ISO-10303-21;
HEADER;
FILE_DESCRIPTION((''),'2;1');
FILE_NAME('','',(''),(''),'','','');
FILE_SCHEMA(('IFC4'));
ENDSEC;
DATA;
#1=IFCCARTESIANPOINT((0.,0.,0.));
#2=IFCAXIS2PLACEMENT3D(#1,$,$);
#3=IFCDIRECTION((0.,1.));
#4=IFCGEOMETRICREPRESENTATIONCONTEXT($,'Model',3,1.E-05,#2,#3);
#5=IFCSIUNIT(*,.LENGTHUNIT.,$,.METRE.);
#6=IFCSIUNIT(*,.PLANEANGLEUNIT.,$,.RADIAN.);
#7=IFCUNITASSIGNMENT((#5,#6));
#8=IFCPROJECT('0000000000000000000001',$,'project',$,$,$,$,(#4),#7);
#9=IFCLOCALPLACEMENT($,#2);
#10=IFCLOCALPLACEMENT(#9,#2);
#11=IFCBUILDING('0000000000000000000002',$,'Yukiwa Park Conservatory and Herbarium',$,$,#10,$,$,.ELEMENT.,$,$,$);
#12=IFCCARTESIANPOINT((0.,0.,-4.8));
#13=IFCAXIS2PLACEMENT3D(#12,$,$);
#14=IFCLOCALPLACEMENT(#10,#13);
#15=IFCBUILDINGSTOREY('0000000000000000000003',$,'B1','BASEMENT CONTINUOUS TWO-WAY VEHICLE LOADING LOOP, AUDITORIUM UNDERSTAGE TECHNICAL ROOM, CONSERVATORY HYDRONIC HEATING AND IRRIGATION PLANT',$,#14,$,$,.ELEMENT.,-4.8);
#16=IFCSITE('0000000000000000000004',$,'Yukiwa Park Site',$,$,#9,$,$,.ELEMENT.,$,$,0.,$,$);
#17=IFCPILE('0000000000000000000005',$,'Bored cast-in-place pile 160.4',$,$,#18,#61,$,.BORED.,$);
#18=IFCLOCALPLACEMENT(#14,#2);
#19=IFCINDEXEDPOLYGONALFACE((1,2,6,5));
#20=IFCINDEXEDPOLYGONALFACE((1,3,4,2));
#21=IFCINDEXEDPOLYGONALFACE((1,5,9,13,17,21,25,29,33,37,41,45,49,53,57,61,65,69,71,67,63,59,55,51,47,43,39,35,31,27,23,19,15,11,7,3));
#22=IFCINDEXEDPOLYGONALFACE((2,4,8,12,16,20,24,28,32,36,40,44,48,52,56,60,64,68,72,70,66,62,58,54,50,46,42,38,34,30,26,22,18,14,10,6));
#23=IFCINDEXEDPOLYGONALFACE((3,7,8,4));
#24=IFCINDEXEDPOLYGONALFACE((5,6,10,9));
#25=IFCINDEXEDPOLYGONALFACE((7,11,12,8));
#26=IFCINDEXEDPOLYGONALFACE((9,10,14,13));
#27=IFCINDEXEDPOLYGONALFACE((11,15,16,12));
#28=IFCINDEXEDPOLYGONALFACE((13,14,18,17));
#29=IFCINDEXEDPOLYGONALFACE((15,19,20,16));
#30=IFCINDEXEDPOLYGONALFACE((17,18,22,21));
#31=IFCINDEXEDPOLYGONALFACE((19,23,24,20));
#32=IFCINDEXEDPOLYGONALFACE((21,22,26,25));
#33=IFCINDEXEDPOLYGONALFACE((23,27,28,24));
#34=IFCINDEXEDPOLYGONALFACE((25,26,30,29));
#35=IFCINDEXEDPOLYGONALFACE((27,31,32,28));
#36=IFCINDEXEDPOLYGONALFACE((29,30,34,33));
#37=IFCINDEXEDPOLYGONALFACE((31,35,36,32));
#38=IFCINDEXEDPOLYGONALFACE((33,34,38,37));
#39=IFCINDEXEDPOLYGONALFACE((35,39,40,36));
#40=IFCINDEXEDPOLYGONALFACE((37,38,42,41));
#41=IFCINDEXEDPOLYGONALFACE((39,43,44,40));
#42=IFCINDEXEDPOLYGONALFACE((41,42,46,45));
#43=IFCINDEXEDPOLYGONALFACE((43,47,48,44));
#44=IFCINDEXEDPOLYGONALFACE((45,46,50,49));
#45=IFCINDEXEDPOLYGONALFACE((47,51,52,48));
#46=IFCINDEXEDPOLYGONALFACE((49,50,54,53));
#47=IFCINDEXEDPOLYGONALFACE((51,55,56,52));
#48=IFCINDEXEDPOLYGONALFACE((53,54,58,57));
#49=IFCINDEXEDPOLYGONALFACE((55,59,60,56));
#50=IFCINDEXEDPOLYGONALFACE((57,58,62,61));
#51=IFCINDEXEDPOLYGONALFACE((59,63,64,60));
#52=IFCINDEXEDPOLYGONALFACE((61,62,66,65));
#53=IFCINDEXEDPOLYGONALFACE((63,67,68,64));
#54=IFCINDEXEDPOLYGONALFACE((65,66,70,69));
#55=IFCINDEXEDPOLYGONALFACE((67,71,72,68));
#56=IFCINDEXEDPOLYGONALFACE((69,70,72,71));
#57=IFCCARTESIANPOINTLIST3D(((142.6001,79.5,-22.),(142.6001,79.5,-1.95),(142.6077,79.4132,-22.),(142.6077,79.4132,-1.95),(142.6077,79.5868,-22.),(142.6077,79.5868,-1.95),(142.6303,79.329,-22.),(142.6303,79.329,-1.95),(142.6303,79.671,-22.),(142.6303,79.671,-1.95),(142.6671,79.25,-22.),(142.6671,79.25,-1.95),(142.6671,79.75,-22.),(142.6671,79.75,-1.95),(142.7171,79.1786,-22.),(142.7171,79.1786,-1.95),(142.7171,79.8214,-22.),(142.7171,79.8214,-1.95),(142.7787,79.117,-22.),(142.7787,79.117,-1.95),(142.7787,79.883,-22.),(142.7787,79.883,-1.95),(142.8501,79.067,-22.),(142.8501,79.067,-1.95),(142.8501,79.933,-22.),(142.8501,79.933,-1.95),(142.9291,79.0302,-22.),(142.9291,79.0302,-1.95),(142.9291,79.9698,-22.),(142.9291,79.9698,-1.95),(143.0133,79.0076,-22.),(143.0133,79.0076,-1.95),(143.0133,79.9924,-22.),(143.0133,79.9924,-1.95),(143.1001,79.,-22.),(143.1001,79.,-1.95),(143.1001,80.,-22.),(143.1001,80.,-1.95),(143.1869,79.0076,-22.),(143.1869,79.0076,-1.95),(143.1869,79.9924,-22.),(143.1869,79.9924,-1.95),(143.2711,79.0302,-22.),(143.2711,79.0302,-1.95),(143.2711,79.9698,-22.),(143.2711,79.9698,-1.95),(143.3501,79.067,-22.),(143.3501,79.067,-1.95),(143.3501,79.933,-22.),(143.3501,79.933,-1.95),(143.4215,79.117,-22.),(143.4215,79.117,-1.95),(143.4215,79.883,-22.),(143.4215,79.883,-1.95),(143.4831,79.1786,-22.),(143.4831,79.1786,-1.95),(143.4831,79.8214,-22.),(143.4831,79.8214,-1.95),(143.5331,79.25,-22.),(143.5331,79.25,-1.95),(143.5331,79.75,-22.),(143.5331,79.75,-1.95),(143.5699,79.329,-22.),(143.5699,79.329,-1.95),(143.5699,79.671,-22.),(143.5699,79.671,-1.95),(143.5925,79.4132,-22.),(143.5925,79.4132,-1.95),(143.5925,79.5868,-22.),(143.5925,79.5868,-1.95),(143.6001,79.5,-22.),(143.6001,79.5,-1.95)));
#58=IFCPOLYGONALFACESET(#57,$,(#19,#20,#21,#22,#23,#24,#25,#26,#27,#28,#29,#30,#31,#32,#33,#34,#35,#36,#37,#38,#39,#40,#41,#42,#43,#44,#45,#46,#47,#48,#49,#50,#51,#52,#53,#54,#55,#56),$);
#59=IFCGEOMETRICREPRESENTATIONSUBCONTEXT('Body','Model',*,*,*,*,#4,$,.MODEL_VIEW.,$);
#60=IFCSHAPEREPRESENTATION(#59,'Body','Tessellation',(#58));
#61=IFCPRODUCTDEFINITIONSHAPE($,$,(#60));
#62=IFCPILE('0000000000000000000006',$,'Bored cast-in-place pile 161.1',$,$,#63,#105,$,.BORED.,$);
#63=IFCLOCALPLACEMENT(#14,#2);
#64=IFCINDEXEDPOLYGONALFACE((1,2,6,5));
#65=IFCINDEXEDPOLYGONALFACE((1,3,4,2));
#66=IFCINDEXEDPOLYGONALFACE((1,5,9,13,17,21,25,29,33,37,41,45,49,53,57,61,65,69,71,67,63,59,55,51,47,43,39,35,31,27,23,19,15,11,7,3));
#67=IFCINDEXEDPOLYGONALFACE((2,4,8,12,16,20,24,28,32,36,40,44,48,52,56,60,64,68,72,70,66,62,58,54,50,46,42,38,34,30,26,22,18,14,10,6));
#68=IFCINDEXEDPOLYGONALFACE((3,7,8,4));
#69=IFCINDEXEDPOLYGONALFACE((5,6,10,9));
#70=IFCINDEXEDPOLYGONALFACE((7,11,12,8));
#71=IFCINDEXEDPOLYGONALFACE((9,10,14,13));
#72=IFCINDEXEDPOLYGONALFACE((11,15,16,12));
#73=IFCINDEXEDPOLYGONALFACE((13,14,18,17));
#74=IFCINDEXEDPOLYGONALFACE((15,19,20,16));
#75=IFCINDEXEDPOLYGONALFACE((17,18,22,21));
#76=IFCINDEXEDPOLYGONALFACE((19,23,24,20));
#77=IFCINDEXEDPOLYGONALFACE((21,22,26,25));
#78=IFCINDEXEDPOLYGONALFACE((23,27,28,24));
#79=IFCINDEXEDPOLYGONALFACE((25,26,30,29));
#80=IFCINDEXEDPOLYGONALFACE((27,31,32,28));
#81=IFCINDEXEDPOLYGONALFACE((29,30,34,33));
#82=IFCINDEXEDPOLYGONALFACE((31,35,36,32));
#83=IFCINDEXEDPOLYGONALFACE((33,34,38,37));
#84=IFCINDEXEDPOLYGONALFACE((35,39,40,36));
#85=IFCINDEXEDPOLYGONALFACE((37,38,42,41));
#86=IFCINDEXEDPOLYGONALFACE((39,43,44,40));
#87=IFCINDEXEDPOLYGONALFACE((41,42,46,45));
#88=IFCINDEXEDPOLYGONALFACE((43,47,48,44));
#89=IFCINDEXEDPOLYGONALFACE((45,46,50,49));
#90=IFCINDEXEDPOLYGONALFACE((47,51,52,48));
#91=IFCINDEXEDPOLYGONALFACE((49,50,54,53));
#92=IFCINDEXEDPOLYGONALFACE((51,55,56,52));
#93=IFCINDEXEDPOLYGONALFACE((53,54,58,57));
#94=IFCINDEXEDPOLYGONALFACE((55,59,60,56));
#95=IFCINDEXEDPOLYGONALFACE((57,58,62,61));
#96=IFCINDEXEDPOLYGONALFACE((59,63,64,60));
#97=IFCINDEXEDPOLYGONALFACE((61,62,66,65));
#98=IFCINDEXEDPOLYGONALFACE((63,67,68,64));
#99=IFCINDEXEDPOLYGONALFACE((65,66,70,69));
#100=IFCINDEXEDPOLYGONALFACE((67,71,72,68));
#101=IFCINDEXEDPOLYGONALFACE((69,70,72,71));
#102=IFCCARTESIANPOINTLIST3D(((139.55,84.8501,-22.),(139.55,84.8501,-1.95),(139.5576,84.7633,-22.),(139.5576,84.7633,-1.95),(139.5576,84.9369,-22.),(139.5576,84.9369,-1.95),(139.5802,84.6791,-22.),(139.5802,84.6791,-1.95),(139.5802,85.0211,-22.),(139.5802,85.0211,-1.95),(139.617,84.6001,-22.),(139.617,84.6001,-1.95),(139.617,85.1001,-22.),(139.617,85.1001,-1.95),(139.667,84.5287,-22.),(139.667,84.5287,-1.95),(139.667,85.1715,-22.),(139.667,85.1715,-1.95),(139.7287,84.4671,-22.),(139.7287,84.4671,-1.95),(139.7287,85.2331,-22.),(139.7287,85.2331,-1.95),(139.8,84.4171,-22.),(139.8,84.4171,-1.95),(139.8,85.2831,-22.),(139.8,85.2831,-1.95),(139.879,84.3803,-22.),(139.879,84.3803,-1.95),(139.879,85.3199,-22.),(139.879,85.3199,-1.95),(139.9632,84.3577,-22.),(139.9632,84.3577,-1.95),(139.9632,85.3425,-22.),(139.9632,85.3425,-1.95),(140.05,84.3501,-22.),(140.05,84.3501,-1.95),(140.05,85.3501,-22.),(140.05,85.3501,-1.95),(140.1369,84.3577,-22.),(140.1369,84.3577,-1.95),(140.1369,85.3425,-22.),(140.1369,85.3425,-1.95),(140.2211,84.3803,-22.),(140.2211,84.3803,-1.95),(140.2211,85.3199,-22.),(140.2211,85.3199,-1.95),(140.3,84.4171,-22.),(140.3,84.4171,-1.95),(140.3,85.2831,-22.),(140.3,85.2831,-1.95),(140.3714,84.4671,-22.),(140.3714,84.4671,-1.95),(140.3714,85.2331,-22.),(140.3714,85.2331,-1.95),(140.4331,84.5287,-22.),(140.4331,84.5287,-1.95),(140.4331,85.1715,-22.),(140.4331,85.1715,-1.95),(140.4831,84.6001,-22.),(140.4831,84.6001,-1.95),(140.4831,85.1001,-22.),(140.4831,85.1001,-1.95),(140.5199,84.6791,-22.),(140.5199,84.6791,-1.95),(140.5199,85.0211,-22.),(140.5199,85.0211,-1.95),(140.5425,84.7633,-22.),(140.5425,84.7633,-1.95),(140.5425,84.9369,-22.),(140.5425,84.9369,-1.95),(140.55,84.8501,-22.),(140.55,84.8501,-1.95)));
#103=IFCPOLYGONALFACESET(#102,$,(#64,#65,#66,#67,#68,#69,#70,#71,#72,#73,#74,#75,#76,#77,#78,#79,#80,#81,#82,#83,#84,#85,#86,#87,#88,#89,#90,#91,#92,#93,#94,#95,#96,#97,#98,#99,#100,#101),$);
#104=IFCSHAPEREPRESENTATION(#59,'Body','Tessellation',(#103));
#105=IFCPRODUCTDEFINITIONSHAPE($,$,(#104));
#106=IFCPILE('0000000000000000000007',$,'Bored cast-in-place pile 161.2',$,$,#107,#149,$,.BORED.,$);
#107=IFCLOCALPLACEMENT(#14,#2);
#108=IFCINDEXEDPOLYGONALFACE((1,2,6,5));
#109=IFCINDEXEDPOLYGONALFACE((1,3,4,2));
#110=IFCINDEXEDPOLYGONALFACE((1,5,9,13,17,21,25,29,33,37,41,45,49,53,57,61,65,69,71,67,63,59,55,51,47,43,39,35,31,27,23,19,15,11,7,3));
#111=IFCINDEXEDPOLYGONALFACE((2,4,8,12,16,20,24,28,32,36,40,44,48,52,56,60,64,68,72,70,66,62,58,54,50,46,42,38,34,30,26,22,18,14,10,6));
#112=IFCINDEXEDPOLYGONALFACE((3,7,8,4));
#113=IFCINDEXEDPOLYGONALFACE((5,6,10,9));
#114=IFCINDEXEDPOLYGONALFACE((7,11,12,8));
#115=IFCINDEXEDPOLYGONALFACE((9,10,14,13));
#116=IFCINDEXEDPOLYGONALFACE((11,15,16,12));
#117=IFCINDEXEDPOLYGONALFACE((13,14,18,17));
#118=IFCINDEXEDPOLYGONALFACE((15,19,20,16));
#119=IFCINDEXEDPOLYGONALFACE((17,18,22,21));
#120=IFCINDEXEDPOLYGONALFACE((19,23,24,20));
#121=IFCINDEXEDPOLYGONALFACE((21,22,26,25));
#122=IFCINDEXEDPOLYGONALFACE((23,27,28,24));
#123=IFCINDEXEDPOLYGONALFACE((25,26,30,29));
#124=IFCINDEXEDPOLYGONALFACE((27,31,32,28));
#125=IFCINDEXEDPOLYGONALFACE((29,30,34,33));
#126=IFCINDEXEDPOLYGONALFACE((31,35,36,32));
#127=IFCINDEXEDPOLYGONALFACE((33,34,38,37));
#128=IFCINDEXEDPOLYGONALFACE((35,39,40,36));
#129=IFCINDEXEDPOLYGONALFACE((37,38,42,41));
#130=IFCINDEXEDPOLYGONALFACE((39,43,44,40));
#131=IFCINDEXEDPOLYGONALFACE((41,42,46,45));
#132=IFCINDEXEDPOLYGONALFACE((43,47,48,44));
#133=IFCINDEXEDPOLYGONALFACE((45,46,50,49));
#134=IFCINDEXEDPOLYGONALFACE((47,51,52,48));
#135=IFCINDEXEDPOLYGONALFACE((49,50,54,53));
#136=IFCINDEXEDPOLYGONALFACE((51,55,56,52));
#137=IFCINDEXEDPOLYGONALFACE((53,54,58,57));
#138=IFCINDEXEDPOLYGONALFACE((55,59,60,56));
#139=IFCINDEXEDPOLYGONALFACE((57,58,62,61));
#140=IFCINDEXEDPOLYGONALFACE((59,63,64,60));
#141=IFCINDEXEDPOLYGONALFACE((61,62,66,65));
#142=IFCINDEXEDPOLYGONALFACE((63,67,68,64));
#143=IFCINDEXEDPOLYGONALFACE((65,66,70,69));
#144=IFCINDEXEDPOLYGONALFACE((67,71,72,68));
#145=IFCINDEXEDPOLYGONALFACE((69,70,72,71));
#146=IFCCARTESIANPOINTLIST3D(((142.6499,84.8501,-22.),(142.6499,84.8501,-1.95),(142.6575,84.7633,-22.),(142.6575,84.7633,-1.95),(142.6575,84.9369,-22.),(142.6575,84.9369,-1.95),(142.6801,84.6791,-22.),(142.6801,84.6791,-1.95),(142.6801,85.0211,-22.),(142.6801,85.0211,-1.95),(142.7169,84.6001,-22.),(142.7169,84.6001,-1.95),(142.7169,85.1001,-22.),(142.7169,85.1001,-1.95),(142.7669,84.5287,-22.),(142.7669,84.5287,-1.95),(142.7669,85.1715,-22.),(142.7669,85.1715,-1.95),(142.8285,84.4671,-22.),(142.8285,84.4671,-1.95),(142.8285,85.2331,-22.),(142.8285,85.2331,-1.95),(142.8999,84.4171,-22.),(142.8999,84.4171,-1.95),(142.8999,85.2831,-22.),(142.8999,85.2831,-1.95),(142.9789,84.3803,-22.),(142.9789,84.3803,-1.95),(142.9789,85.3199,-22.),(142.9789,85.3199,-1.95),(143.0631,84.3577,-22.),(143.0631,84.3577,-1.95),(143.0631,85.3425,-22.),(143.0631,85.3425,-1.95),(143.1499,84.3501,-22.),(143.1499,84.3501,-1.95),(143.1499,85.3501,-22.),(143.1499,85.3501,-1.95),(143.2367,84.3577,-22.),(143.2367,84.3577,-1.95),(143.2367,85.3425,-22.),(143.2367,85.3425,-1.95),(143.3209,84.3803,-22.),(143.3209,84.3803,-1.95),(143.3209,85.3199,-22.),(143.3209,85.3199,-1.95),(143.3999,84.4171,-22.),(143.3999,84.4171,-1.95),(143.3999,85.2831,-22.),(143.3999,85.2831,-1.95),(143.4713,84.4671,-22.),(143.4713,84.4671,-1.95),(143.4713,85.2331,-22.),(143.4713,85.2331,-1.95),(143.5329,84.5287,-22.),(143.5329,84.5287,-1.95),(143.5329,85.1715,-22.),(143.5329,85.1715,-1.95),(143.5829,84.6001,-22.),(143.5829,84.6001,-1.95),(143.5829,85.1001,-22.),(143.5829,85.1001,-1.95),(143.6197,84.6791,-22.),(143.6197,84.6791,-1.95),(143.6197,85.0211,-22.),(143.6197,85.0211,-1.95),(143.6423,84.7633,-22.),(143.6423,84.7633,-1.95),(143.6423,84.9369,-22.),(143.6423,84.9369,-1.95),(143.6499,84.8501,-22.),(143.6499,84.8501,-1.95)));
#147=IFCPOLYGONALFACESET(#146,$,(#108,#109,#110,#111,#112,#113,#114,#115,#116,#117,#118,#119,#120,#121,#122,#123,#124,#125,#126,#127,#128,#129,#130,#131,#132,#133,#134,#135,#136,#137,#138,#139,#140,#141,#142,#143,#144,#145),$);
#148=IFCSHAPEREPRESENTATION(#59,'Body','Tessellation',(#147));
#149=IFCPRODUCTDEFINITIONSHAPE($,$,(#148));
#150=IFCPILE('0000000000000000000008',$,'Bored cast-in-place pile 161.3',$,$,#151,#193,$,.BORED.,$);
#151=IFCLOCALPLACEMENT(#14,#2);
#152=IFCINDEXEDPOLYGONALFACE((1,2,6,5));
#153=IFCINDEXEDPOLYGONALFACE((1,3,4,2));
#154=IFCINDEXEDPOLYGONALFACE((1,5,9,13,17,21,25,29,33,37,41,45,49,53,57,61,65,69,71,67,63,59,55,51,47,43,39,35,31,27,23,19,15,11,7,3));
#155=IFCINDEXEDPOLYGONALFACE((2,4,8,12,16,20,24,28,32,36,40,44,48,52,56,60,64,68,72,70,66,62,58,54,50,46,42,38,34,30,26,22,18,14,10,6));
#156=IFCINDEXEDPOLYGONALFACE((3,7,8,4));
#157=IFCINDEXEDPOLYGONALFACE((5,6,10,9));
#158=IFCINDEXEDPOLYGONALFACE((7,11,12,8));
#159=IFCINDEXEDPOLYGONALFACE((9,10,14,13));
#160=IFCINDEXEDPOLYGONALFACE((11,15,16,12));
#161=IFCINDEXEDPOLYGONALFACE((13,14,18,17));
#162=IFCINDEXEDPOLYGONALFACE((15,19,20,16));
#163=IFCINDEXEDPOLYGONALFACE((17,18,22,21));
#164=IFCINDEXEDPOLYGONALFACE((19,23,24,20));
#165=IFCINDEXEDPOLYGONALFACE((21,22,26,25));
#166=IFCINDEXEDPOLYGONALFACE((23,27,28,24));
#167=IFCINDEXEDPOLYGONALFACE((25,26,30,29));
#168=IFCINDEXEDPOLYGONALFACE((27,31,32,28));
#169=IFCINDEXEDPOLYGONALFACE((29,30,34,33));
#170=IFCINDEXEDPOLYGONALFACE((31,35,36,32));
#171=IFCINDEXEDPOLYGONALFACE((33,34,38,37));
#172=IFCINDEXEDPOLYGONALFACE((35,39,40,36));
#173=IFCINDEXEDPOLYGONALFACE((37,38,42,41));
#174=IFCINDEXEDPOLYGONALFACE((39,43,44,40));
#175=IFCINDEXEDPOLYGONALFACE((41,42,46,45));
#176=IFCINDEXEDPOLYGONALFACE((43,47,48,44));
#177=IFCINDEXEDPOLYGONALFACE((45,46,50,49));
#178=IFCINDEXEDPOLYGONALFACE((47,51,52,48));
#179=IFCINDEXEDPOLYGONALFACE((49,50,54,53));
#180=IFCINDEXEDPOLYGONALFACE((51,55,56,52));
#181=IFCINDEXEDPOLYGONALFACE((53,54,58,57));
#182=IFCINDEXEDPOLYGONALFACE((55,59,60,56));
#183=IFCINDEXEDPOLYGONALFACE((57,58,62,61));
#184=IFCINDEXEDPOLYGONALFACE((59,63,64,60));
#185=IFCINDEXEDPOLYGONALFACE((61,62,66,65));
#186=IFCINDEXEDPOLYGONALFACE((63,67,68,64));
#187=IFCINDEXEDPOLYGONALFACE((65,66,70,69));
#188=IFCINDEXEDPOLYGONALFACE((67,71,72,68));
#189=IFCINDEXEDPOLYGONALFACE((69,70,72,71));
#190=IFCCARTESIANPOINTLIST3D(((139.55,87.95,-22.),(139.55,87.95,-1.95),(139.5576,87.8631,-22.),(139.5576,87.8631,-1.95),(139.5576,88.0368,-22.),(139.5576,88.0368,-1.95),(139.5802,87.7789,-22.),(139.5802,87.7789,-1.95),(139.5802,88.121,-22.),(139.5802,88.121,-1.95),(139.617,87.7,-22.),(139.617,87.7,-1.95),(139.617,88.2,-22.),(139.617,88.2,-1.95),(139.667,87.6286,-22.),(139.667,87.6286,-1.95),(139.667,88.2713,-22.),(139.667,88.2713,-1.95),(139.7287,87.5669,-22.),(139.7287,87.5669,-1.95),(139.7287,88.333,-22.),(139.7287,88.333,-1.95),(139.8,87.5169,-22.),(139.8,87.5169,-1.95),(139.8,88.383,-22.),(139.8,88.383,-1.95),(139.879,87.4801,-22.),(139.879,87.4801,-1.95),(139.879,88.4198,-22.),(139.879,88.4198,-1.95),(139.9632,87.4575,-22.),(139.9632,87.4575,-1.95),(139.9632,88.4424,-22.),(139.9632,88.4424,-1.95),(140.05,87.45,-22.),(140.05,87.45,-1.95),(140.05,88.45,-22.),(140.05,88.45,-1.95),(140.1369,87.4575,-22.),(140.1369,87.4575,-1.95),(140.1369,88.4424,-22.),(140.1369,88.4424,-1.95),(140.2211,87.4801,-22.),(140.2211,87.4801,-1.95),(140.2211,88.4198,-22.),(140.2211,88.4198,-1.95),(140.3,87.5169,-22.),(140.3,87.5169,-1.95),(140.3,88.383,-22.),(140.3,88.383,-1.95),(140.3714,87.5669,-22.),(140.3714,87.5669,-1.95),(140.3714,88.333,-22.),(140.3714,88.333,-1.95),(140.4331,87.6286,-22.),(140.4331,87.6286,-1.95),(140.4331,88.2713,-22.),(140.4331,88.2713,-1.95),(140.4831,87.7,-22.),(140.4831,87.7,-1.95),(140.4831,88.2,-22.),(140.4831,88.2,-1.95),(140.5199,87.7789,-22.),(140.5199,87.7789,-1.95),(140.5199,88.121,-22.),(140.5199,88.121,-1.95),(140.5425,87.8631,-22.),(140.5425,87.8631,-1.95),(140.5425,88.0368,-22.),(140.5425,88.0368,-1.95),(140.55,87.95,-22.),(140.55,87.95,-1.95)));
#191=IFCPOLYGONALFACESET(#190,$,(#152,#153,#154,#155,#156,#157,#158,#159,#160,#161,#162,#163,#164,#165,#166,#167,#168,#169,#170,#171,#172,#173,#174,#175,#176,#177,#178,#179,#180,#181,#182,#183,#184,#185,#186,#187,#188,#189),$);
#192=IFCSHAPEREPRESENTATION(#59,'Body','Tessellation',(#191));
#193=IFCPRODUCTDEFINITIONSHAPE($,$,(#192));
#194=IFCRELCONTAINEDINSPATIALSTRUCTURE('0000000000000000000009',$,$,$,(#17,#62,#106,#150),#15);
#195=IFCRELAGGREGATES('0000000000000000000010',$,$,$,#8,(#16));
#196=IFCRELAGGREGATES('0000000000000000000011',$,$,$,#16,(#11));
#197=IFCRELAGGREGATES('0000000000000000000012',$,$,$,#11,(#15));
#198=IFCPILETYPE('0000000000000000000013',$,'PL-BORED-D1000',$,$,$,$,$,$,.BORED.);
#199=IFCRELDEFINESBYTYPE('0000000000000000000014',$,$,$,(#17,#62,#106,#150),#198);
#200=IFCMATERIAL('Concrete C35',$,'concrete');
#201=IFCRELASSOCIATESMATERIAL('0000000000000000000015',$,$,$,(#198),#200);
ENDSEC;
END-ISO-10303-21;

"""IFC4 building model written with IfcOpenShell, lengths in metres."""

from ifc_helpers import new_model, si_unit, direction, frame, origin, origin_2d, place, context, subcontext, project, spatial, circle, extrude, material, material_profile, profile_set, type_object, element, save


model = new_model("IFC4")

# Units and contexts
model_context = context("Model", 3, precision=1e-05, world=origin(), true_north=direction((0.0, 1.0)))
body_context = subcontext(model_context, "Body", "Model", "MODEL_VIEW")
ifc_project = project(units=[si_unit("LENGTHUNIT", "METRE"), si_unit("PLANEANGLEUNIT", "RADIAN")], contexts=[model_context])

# Site, building, storey
site_placement = place(None, origin())
site = spatial("IfcSite", under=ifc_project, at=site_placement, Name="Yukiwa Park Site", CompositionType="ELEMENT", RefElevation=0.0)
building_placement = place(site_placement, origin())
building = spatial("IfcBuilding", under=site, at=building_placement, Name="Yukiwa Park Conservatory and Herbarium", CompositionType="ELEMENT")
storey_placement = place(building_placement, frame((0.0, 0.0, -4.8)))
storey = spatial("IfcBuildingStorey", under=building, at=storey_placement, Name="B1", Description="BASEMENT CONTINUOUS TWO-WAY VEHICLE LOADING LOOP, AUDITORIUM UNDERSTAGE TECHNICAL ROOM, CONSERVATORY HYDRONIC HEATING AND IRRIGATION PLANT", CompositionType="ELEMENT", Elevation=-4.8)

# Piles
ifc_material_1 = material(Name="Concrete C35", Category="concrete")
ifc_material_profile_1 = material_profile(ifc_material_1, circle(Radius=0.5, at=origin_2d()), Name="PILE D1000")
ifc_profile_set_1 = profile_set([ifc_material_profile_1], Name="Concrete C35")
pile_type = type_object("IfcPileType", Name="PL-BORED-D1000", PredefinedType="BORED", material=ifc_profile_set_1)
for number, where, z_axis, x_axis, name in (
    (1, (143.1001, 79.5, -1.95), (0.0, 0.0, -1.0), (1.0, 0.0, 0.0), "Bored cast-in-place pile 160.4"),
    (2, (140.05, 84.8501, -1.95), (0.0, 0.0, -1.0), (1.0, 0.0, 0.0), "Bored cast-in-place pile 161.1"),
    (3, (143.1499, 84.8501, -1.95), (0.0, 0.0, -1.0), (1.0, 0.0, 0.0), "Bored cast-in-place pile 161.2"),
    (4, (140.05, 87.95, -1.95), (0.0, 0.0, -1.0), (1.0, 0.0, 0.0), "Bored cast-in-place pile 161.3"),
):
    element("IfcPile", number, at=place(storey_placement, frame(where, z_axis=z_axis, x_axis=x_axis)), inside=storey, type_object=pile_type, Name=name, PredefinedType="BORED", context=body_context, shape_type="SweptSolid", body=[
        extrude(circle(Radius=0.5, at=origin_2d()), origin(), (0.0, 0.0, 1.0), 20.05),
    ])

save(model, "model.ifc")
